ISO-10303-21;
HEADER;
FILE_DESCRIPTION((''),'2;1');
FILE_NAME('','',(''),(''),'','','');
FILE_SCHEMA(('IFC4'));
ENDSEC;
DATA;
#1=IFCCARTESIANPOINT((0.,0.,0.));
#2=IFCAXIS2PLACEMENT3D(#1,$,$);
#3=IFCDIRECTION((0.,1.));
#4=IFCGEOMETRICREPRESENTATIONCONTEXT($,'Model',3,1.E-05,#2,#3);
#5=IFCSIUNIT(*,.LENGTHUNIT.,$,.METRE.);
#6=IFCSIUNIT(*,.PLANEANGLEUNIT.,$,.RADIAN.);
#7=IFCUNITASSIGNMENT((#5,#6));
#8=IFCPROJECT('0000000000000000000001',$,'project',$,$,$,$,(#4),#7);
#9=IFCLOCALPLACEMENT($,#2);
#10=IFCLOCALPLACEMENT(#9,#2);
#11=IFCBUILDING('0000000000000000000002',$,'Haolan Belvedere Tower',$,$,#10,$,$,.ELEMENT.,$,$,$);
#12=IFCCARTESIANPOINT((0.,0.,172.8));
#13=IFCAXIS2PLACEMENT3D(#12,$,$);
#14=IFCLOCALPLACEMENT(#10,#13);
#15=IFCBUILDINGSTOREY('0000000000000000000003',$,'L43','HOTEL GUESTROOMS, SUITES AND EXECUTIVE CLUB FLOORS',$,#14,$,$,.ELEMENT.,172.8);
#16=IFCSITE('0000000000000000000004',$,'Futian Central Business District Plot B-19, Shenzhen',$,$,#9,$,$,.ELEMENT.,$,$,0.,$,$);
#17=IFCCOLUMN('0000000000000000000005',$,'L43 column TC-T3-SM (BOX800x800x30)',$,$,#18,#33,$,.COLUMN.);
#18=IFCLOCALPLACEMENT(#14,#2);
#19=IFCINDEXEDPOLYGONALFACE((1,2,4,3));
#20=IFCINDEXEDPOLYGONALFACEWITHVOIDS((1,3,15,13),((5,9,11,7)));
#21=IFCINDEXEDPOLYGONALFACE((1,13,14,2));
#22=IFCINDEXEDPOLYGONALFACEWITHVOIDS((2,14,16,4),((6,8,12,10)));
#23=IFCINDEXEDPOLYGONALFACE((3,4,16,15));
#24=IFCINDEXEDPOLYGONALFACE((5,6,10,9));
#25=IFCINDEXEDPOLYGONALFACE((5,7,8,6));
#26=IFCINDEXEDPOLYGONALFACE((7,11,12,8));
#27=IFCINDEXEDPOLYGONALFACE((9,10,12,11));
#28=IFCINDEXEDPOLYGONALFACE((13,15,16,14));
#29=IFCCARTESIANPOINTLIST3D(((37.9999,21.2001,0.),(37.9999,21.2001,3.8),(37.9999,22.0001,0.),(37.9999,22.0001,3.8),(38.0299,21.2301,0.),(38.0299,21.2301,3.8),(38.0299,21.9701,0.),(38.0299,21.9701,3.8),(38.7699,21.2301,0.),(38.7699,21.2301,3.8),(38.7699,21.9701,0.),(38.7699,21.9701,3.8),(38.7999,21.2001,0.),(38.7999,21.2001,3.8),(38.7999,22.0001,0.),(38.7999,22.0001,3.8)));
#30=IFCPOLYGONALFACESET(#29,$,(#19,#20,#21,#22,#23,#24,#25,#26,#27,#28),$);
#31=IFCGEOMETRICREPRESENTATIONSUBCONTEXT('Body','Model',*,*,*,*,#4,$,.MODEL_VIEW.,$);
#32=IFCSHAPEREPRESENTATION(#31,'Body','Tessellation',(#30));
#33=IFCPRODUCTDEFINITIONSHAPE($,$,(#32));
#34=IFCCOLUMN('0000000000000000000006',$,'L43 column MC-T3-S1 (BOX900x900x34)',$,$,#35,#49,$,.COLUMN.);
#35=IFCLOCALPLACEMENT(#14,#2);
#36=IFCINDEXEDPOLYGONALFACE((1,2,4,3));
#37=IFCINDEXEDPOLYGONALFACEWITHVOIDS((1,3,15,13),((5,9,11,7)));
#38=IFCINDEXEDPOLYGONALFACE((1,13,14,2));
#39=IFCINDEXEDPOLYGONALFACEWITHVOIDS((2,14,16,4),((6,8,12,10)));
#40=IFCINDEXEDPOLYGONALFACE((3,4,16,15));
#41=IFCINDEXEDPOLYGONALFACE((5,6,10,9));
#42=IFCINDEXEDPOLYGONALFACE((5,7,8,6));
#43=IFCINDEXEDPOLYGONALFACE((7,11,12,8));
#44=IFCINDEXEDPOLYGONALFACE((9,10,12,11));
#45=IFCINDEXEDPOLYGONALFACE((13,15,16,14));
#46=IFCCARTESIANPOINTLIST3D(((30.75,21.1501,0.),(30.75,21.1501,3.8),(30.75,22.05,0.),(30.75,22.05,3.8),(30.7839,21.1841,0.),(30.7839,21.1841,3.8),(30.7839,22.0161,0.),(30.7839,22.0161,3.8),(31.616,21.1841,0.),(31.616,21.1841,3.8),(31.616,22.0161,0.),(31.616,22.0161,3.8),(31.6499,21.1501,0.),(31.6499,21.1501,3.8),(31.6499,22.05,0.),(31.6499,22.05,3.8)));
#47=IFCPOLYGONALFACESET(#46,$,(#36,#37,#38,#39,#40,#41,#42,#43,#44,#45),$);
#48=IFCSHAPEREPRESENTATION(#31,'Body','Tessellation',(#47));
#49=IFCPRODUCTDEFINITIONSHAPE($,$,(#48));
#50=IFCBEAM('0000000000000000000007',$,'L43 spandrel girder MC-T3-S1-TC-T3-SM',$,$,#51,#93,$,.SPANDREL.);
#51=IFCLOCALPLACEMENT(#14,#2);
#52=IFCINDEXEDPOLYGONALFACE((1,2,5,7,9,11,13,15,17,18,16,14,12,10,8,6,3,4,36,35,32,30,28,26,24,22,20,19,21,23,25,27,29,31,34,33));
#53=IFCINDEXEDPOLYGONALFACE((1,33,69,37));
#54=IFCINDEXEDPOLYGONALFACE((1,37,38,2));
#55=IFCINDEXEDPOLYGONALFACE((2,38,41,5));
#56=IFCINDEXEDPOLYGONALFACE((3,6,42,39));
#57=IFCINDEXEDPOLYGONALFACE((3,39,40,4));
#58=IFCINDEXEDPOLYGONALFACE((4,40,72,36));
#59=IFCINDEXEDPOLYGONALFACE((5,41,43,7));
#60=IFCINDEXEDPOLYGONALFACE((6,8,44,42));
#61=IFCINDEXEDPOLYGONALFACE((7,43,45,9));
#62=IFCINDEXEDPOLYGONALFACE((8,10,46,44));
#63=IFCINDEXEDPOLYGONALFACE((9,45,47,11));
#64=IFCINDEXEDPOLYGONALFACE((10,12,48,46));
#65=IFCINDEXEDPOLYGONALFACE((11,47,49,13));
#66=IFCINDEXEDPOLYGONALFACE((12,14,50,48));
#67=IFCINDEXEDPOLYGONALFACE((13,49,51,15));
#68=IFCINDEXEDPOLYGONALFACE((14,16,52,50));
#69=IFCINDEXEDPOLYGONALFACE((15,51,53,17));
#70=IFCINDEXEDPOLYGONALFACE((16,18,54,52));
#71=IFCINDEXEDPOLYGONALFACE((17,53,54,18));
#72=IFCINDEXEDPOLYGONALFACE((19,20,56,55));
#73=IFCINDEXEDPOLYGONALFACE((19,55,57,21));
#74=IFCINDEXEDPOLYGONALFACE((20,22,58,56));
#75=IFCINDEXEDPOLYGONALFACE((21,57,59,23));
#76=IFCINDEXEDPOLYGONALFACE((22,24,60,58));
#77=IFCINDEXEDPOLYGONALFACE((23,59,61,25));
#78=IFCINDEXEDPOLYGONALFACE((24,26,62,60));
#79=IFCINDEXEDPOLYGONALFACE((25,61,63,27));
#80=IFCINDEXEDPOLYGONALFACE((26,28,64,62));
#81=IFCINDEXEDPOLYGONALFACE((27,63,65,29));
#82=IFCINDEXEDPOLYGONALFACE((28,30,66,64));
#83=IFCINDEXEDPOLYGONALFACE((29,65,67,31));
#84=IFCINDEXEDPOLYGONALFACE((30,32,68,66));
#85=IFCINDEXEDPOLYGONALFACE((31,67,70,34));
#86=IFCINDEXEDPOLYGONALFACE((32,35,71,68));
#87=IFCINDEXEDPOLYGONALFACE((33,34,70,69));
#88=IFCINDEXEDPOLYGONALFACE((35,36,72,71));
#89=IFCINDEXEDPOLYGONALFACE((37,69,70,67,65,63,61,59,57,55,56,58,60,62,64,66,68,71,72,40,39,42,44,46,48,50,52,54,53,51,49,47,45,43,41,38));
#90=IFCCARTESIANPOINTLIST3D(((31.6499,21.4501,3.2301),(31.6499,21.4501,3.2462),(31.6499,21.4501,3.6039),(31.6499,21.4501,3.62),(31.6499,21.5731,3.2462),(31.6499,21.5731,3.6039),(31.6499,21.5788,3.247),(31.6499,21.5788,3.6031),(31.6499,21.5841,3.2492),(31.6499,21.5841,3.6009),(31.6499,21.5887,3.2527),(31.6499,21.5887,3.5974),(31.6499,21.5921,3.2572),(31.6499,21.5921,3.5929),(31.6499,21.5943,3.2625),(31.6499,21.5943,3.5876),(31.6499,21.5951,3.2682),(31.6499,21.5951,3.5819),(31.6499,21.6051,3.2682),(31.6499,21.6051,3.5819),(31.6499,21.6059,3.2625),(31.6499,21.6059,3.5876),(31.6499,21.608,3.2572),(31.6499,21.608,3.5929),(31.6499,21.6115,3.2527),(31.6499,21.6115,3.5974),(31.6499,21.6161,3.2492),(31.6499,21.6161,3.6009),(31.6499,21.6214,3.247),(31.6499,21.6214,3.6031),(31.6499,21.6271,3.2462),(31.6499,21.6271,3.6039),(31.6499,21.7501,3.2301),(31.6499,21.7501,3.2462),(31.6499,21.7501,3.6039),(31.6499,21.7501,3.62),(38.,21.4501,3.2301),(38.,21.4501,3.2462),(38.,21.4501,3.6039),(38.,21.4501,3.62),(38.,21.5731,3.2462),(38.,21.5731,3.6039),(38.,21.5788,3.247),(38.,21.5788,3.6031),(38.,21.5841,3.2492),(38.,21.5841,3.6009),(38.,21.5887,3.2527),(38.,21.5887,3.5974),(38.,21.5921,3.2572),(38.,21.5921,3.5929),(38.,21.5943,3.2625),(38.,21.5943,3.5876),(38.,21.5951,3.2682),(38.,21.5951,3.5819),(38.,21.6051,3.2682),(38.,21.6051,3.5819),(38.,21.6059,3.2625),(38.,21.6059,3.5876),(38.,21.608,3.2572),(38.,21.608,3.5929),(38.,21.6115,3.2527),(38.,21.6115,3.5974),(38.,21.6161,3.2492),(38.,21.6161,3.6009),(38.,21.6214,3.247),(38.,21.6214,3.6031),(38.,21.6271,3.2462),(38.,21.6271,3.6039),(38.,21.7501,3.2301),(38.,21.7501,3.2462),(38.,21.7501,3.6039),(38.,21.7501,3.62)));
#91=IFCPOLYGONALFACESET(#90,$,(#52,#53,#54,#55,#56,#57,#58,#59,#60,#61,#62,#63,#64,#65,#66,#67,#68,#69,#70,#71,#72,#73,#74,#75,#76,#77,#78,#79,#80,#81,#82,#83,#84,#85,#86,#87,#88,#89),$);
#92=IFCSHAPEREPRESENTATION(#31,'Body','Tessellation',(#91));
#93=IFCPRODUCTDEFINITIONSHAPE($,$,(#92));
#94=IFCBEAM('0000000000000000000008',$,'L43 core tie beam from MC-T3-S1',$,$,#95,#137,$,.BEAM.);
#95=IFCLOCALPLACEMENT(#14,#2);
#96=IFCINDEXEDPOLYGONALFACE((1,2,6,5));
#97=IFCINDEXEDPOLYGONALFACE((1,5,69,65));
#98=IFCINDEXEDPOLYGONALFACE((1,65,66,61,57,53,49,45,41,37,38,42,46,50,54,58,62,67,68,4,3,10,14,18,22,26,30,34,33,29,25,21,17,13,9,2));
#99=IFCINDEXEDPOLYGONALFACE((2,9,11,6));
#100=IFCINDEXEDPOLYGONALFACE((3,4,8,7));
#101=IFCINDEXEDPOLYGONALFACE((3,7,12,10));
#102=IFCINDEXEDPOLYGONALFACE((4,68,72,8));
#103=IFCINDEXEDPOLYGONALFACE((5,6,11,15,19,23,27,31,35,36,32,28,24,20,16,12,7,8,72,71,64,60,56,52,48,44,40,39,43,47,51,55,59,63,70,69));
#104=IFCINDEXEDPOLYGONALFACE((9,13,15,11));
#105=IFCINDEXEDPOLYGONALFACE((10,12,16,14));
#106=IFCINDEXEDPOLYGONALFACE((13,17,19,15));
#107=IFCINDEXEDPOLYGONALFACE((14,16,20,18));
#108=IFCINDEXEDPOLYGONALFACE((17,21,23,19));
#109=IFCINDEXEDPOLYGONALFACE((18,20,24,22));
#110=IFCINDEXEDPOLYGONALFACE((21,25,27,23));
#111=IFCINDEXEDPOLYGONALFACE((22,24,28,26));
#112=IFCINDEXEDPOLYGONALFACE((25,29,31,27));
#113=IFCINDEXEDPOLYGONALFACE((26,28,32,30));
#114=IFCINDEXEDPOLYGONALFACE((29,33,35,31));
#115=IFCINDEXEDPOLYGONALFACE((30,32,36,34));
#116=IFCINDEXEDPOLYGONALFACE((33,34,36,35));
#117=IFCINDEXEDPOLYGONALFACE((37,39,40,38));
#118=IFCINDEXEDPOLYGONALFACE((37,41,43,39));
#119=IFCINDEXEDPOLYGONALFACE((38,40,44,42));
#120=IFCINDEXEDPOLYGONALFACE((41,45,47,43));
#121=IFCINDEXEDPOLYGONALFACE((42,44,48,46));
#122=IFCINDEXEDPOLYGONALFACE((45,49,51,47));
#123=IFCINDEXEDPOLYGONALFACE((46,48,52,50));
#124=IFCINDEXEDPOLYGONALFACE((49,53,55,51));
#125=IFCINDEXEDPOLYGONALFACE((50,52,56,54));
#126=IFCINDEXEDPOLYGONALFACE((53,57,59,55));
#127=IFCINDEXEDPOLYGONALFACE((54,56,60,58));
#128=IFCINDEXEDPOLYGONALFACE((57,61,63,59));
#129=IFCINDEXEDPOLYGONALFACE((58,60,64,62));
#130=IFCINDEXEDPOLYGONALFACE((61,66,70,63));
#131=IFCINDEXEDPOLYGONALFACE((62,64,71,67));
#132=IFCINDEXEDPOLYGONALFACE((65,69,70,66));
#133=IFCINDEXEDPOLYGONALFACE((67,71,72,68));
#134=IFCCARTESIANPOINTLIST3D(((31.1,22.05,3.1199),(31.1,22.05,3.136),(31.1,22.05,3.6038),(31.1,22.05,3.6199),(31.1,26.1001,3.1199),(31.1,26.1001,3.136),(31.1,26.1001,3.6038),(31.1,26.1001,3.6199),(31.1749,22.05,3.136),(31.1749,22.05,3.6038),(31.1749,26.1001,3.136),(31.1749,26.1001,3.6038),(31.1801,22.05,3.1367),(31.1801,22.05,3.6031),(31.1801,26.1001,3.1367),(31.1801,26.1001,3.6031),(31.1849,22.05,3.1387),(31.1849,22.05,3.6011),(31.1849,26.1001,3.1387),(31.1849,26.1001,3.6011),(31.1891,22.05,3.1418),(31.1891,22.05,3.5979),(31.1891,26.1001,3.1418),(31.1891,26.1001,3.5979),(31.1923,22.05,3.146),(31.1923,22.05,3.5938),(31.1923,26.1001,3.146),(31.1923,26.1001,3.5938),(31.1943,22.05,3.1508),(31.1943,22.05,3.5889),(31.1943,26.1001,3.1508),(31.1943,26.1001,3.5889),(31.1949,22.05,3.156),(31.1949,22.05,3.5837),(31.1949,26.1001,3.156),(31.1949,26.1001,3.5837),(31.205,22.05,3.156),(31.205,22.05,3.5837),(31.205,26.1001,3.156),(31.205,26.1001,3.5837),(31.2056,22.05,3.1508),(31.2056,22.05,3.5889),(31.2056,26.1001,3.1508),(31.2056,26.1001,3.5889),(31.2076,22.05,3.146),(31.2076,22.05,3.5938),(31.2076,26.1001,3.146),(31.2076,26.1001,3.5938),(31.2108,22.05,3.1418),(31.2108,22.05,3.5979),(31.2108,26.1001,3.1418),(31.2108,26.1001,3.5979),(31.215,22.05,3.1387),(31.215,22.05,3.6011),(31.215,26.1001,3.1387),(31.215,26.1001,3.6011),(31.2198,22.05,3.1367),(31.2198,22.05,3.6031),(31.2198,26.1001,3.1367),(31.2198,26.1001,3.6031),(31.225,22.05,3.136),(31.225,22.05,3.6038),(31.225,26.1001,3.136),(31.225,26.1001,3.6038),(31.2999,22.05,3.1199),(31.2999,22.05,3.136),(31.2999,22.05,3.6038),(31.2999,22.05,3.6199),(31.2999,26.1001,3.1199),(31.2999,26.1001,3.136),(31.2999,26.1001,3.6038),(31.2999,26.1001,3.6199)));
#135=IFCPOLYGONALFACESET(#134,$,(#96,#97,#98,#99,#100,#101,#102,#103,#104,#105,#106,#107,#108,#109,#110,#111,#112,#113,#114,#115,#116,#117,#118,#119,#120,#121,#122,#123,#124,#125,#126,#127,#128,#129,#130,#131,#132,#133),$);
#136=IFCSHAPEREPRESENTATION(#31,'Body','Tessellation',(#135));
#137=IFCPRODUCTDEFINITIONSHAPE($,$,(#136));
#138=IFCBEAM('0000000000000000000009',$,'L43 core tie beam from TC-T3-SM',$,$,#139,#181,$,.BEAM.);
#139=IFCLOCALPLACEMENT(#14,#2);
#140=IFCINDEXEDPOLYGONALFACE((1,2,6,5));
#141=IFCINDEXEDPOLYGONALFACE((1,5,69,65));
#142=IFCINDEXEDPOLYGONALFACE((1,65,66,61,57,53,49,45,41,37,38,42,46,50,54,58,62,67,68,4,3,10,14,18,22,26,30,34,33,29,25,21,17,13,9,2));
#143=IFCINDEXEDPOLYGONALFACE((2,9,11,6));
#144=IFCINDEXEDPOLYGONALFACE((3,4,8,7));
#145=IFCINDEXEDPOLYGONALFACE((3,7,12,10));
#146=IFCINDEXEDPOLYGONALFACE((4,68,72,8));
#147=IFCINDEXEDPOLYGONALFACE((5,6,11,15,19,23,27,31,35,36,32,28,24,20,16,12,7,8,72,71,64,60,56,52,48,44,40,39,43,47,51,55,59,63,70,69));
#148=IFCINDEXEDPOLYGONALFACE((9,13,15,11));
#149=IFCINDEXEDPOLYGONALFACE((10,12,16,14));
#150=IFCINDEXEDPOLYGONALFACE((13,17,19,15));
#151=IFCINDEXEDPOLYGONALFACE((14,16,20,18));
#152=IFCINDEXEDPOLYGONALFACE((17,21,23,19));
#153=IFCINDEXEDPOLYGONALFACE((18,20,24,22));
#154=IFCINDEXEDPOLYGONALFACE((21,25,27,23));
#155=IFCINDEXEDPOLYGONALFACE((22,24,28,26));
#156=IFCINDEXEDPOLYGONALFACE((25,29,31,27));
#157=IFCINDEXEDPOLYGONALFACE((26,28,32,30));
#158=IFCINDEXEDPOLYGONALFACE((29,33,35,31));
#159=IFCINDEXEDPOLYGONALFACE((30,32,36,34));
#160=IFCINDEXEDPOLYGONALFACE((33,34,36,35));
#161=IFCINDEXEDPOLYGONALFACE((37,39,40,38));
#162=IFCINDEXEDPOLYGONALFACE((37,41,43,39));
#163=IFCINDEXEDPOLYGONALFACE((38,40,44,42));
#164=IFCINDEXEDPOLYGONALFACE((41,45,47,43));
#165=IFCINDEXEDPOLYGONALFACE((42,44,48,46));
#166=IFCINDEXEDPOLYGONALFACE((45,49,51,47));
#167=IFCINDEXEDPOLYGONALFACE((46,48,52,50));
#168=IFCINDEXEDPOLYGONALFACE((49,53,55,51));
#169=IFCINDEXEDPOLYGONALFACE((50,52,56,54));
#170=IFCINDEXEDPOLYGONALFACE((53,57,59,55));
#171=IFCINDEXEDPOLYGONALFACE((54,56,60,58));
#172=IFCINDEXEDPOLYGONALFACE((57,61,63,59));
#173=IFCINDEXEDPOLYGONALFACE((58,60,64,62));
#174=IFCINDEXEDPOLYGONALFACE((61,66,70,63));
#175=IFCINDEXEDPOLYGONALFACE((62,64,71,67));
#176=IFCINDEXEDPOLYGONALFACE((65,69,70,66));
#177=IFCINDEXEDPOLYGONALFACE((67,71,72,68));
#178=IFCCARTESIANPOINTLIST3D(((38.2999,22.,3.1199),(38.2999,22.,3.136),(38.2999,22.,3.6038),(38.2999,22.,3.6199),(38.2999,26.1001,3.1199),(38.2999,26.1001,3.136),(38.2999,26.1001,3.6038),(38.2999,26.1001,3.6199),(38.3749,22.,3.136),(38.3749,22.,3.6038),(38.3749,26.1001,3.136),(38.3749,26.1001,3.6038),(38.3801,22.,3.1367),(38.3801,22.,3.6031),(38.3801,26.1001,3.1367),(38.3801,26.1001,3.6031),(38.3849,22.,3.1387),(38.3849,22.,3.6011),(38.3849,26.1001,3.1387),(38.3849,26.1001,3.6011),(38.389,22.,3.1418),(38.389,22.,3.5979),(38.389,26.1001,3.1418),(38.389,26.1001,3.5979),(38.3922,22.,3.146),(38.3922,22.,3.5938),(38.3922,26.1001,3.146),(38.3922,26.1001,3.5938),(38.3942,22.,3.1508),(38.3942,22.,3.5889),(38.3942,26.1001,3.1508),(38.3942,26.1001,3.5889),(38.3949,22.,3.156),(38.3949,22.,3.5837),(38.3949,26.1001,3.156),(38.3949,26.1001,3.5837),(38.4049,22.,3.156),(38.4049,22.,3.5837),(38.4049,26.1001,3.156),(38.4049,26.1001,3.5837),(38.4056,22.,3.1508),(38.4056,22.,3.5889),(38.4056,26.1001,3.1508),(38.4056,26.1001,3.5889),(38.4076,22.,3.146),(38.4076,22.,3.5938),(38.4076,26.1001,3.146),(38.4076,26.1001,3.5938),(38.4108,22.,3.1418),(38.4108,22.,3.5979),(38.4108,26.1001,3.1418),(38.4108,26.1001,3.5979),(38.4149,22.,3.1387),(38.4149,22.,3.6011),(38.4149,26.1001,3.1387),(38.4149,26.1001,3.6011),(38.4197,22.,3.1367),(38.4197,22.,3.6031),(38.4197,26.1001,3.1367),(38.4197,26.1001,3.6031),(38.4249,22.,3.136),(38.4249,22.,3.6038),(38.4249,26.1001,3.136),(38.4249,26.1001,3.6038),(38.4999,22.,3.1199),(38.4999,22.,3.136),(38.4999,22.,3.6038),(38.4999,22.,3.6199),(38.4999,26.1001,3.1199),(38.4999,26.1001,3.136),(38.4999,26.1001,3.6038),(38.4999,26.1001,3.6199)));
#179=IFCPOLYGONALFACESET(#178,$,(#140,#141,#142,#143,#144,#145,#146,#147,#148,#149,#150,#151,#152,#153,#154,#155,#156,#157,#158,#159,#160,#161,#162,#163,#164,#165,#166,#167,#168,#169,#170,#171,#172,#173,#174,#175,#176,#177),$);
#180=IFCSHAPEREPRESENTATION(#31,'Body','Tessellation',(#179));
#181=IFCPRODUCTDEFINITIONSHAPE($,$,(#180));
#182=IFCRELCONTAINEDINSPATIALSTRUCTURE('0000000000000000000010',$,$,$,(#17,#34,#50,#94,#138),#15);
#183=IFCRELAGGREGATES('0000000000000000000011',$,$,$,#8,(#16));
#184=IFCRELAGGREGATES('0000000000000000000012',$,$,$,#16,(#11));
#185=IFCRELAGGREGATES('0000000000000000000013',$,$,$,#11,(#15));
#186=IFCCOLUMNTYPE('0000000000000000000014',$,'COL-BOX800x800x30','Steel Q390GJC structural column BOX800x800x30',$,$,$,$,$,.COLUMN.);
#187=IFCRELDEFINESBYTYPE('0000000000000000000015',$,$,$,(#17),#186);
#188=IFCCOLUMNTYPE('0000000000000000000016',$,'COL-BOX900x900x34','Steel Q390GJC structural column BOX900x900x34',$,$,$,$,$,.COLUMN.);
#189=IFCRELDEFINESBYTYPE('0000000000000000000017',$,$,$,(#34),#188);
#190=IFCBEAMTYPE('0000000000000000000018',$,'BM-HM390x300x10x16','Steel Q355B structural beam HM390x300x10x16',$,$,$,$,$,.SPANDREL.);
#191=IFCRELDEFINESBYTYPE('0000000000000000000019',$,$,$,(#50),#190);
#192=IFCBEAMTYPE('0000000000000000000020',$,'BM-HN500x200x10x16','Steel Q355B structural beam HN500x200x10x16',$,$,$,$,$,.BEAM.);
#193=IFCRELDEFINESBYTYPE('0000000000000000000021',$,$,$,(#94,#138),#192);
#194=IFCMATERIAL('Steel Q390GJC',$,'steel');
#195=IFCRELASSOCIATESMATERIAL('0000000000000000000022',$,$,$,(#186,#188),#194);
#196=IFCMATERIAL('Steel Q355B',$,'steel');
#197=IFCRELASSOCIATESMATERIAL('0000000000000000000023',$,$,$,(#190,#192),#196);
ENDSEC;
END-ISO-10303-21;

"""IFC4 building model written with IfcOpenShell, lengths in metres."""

from ifc_helpers import new_model, si_unit, direction, frame, origin, origin_2d, place, context, subcontext, project, spatial, hollow_rectangle, i_section, extrude, material, material_profile, profile_set, type_object, element, save


model = new_model("IFC4")

# Units and contexts
model_context = context("Model", 3, precision=1e-05, world=origin(), true_north=direction((0.0, 1.0)))
body_context = subcontext(model_context, "Body", "Model", "MODEL_VIEW")
ifc_project = project(units=[si_unit("LENGTHUNIT", "METRE"), si_unit("PLANEANGLEUNIT", "RADIAN")], contexts=[model_context])

# Site, building, storey
site_placement = place(None, origin())
site = spatial("IfcSite", under=ifc_project, at=site_placement, Name="Futian Central Business District Plot B-19, Shenzhen", CompositionType="ELEMENT", RefElevation=0.0)
building_placement = place(site_placement, origin())
building = spatial("IfcBuilding", under=site, at=building_placement, Name="Haolan Belvedere Tower", CompositionType="ELEMENT")
storey_placement = place(building_placement, frame((0.0, 0.0, 172.8)))
storey = spatial("IfcBuildingStorey", under=building, at=storey_placement, Name="L43", Description="HOTEL GUESTROOMS, SUITES AND EXECUTIVE CLUB FLOORS", CompositionType="ELEMENT", Elevation=172.8)

# Columns
ifc_material_1 = material(Name="Steel Q390GJC", Category="steel")
ifc_material_profile_1 = material_profile(ifc_material_1, hollow_rectangle(XDim=0.8, YDim=0.8, WallThickness=0.03, at=origin_2d()), Name="Steel Q390GJC")
ifc_profile_set_1 = profile_set([ifc_material_profile_1], Name="Steel Q390GJC")
column_type_1 = type_object("IfcColumnType", Name="COL-BOX800x800x30", Description="Steel Q390GJC structural column BOX800x800x30", PredefinedType="COLUMN", material=ifc_profile_set_1)
column_1_placement = place(storey_placement, frame((38.3999, 21.6001, 0.0), z_axis=(0.0, 0.0, 1.0), x_axis=(1.0, 0.0, 0.0)))
element("IfcColumn", 1, at=column_1_placement, inside=storey, type_object=column_type_1, Name="L43 column TC-T3-SM (BOX800x800x30)", PredefinedType="COLUMN", context=body_context, shape_type="SweptSolid", body=[
    extrude(hollow_rectangle(XDim=0.8, YDim=0.8, WallThickness=0.03, at=origin_2d()), origin(), (0.0, 0.0, 1.0), 3.8),
])
ifc_material_profile_2 = material_profile(ifc_material_1, hollow_rectangle(XDim=0.8999, YDim=0.8999, WallThickness=0.0339, at=origin_2d()), Name="Steel Q390GJC")
ifc_profile_set_2 = profile_set([ifc_material_profile_2], Name="Steel Q390GJC")
column_type_2 = type_object("IfcColumnType", Name="COL-BOX900x900x34", Description="Steel Q390GJC structural column BOX900x900x34", PredefinedType="COLUMN", material=ifc_profile_set_2)
column_2_placement = place(storey_placement, frame((31.2, 21.6001, 0.0), z_axis=(0.0, 0.0, 1.0), x_axis=(1.0, 0.0, 0.0)))
element("IfcColumn", 2, at=column_2_placement, inside=storey, type_object=column_type_2, Name="L43 column MC-T3-S1 (BOX900x900x34)", PredefinedType="COLUMN", context=body_context, shape_type="SweptSolid", body=[
    extrude(hollow_rectangle(XDim=0.8999, YDim=0.8999, WallThickness=0.0339, at=origin_2d()), origin(), (0.0, 0.0, 1.0), 3.8),
])

# Beams
ifc_material_2 = material(Name="Steel Q355B", Category="steel")
ifc_material_profile_3 = material_profile(ifc_material_2, i_section(OverallWidth=0.3, OverallDepth=0.3899, WebThickness=0.01, FlangeThickness=0.0161, FilletRadius=0.022, at=origin_2d()), Name="Steel Q355B")
ifc_profile_set_3 = profile_set([ifc_material_profile_3], Name="Steel Q355B")
beam_type_1 = type_object("IfcBeamType", Name="BM-HM390x300x10x16", Description="Steel Q355B structural beam HM390x300x10x16", PredefinedType="SPANDREL", material=ifc_profile_set_3)
beam_1_placement = place(storey_placement, frame((31.6499, 21.6001, 3.425), z_axis=(1.0, 0.0, 0.0), x_axis=(0.0, 1.0, 0.0)))
element("IfcBeam", 3, at=beam_1_placement, inside=storey, type_object=beam_type_1, Name="L43 spandrel girder MC-T3-S1-TC-T3-SM", PredefinedType="SPANDREL", context=body_context, shape_type="SweptSolid", body=[
    extrude(i_section(OverallWidth=0.3, OverallDepth=0.3899, WebThickness=0.01, FlangeThickness=0.0161, FilletRadius=0.022, at=origin_2d()), origin(), (0.0, 0.0, 1.0), 6.3501),
])
ifc_material_profile_4 = material_profile(ifc_material_2, i_section(OverallWidth=0.2, OverallDepth=0.5, WebThickness=0.01, FlangeThickness=0.0161, FilletRadius=0.02, at=origin_2d()), Name="Steel Q355B")
ifc_profile_set_4 = profile_set([ifc_material_profile_4], Name="Steel Q355B")
beam_type_2 = type_object("IfcBeamType", Name="BM-HN500x200x10x16", Description="Steel Q355B structural beam HN500x200x10x16", PredefinedType="BEAM", material=ifc_profile_set_4)
beam_2_placement = place(storey_placement, frame((31.2, 22.05, 3.3699), z_axis=(0.0, 1.0, 0.0), x_axis=(-1.0, 0.0, 0.0)))
element("IfcBeam", 4, at=beam_2_placement, inside=storey, type_object=beam_type_2, Name="L43 core tie beam from MC-T3-S1", PredefinedType="BEAM", context=body_context, shape_type="SweptSolid", body=[
    extrude(i_section(OverallWidth=0.2, OverallDepth=0.5, WebThickness=0.01, FlangeThickness=0.0161, FilletRadius=0.02, at=origin_2d()), origin(), (0.0, 0.0, 1.0), 4.05),
])
beam_3_placement = place(storey_placement, frame((38.3999, 22.0, 3.3699), z_axis=(0.0, 1.0, 0.0), x_axis=(-1.0, 0.0, 0.0)))
element("IfcBeam", 5, at=beam_3_placement, inside=storey, type_object=beam_type_2, Name="L43 core tie beam from TC-T3-SM", PredefinedType="BEAM", context=body_context, shape_type="SweptSolid", body=[
    extrude(i_section(OverallWidth=0.2, OverallDepth=0.5, WebThickness=0.01, FlangeThickness=0.0161, FilletRadius=0.02, at=origin_2d()), origin(), (0.0, 0.0, 1.0), 4.1001),
])

save(model, "model.ifc")
